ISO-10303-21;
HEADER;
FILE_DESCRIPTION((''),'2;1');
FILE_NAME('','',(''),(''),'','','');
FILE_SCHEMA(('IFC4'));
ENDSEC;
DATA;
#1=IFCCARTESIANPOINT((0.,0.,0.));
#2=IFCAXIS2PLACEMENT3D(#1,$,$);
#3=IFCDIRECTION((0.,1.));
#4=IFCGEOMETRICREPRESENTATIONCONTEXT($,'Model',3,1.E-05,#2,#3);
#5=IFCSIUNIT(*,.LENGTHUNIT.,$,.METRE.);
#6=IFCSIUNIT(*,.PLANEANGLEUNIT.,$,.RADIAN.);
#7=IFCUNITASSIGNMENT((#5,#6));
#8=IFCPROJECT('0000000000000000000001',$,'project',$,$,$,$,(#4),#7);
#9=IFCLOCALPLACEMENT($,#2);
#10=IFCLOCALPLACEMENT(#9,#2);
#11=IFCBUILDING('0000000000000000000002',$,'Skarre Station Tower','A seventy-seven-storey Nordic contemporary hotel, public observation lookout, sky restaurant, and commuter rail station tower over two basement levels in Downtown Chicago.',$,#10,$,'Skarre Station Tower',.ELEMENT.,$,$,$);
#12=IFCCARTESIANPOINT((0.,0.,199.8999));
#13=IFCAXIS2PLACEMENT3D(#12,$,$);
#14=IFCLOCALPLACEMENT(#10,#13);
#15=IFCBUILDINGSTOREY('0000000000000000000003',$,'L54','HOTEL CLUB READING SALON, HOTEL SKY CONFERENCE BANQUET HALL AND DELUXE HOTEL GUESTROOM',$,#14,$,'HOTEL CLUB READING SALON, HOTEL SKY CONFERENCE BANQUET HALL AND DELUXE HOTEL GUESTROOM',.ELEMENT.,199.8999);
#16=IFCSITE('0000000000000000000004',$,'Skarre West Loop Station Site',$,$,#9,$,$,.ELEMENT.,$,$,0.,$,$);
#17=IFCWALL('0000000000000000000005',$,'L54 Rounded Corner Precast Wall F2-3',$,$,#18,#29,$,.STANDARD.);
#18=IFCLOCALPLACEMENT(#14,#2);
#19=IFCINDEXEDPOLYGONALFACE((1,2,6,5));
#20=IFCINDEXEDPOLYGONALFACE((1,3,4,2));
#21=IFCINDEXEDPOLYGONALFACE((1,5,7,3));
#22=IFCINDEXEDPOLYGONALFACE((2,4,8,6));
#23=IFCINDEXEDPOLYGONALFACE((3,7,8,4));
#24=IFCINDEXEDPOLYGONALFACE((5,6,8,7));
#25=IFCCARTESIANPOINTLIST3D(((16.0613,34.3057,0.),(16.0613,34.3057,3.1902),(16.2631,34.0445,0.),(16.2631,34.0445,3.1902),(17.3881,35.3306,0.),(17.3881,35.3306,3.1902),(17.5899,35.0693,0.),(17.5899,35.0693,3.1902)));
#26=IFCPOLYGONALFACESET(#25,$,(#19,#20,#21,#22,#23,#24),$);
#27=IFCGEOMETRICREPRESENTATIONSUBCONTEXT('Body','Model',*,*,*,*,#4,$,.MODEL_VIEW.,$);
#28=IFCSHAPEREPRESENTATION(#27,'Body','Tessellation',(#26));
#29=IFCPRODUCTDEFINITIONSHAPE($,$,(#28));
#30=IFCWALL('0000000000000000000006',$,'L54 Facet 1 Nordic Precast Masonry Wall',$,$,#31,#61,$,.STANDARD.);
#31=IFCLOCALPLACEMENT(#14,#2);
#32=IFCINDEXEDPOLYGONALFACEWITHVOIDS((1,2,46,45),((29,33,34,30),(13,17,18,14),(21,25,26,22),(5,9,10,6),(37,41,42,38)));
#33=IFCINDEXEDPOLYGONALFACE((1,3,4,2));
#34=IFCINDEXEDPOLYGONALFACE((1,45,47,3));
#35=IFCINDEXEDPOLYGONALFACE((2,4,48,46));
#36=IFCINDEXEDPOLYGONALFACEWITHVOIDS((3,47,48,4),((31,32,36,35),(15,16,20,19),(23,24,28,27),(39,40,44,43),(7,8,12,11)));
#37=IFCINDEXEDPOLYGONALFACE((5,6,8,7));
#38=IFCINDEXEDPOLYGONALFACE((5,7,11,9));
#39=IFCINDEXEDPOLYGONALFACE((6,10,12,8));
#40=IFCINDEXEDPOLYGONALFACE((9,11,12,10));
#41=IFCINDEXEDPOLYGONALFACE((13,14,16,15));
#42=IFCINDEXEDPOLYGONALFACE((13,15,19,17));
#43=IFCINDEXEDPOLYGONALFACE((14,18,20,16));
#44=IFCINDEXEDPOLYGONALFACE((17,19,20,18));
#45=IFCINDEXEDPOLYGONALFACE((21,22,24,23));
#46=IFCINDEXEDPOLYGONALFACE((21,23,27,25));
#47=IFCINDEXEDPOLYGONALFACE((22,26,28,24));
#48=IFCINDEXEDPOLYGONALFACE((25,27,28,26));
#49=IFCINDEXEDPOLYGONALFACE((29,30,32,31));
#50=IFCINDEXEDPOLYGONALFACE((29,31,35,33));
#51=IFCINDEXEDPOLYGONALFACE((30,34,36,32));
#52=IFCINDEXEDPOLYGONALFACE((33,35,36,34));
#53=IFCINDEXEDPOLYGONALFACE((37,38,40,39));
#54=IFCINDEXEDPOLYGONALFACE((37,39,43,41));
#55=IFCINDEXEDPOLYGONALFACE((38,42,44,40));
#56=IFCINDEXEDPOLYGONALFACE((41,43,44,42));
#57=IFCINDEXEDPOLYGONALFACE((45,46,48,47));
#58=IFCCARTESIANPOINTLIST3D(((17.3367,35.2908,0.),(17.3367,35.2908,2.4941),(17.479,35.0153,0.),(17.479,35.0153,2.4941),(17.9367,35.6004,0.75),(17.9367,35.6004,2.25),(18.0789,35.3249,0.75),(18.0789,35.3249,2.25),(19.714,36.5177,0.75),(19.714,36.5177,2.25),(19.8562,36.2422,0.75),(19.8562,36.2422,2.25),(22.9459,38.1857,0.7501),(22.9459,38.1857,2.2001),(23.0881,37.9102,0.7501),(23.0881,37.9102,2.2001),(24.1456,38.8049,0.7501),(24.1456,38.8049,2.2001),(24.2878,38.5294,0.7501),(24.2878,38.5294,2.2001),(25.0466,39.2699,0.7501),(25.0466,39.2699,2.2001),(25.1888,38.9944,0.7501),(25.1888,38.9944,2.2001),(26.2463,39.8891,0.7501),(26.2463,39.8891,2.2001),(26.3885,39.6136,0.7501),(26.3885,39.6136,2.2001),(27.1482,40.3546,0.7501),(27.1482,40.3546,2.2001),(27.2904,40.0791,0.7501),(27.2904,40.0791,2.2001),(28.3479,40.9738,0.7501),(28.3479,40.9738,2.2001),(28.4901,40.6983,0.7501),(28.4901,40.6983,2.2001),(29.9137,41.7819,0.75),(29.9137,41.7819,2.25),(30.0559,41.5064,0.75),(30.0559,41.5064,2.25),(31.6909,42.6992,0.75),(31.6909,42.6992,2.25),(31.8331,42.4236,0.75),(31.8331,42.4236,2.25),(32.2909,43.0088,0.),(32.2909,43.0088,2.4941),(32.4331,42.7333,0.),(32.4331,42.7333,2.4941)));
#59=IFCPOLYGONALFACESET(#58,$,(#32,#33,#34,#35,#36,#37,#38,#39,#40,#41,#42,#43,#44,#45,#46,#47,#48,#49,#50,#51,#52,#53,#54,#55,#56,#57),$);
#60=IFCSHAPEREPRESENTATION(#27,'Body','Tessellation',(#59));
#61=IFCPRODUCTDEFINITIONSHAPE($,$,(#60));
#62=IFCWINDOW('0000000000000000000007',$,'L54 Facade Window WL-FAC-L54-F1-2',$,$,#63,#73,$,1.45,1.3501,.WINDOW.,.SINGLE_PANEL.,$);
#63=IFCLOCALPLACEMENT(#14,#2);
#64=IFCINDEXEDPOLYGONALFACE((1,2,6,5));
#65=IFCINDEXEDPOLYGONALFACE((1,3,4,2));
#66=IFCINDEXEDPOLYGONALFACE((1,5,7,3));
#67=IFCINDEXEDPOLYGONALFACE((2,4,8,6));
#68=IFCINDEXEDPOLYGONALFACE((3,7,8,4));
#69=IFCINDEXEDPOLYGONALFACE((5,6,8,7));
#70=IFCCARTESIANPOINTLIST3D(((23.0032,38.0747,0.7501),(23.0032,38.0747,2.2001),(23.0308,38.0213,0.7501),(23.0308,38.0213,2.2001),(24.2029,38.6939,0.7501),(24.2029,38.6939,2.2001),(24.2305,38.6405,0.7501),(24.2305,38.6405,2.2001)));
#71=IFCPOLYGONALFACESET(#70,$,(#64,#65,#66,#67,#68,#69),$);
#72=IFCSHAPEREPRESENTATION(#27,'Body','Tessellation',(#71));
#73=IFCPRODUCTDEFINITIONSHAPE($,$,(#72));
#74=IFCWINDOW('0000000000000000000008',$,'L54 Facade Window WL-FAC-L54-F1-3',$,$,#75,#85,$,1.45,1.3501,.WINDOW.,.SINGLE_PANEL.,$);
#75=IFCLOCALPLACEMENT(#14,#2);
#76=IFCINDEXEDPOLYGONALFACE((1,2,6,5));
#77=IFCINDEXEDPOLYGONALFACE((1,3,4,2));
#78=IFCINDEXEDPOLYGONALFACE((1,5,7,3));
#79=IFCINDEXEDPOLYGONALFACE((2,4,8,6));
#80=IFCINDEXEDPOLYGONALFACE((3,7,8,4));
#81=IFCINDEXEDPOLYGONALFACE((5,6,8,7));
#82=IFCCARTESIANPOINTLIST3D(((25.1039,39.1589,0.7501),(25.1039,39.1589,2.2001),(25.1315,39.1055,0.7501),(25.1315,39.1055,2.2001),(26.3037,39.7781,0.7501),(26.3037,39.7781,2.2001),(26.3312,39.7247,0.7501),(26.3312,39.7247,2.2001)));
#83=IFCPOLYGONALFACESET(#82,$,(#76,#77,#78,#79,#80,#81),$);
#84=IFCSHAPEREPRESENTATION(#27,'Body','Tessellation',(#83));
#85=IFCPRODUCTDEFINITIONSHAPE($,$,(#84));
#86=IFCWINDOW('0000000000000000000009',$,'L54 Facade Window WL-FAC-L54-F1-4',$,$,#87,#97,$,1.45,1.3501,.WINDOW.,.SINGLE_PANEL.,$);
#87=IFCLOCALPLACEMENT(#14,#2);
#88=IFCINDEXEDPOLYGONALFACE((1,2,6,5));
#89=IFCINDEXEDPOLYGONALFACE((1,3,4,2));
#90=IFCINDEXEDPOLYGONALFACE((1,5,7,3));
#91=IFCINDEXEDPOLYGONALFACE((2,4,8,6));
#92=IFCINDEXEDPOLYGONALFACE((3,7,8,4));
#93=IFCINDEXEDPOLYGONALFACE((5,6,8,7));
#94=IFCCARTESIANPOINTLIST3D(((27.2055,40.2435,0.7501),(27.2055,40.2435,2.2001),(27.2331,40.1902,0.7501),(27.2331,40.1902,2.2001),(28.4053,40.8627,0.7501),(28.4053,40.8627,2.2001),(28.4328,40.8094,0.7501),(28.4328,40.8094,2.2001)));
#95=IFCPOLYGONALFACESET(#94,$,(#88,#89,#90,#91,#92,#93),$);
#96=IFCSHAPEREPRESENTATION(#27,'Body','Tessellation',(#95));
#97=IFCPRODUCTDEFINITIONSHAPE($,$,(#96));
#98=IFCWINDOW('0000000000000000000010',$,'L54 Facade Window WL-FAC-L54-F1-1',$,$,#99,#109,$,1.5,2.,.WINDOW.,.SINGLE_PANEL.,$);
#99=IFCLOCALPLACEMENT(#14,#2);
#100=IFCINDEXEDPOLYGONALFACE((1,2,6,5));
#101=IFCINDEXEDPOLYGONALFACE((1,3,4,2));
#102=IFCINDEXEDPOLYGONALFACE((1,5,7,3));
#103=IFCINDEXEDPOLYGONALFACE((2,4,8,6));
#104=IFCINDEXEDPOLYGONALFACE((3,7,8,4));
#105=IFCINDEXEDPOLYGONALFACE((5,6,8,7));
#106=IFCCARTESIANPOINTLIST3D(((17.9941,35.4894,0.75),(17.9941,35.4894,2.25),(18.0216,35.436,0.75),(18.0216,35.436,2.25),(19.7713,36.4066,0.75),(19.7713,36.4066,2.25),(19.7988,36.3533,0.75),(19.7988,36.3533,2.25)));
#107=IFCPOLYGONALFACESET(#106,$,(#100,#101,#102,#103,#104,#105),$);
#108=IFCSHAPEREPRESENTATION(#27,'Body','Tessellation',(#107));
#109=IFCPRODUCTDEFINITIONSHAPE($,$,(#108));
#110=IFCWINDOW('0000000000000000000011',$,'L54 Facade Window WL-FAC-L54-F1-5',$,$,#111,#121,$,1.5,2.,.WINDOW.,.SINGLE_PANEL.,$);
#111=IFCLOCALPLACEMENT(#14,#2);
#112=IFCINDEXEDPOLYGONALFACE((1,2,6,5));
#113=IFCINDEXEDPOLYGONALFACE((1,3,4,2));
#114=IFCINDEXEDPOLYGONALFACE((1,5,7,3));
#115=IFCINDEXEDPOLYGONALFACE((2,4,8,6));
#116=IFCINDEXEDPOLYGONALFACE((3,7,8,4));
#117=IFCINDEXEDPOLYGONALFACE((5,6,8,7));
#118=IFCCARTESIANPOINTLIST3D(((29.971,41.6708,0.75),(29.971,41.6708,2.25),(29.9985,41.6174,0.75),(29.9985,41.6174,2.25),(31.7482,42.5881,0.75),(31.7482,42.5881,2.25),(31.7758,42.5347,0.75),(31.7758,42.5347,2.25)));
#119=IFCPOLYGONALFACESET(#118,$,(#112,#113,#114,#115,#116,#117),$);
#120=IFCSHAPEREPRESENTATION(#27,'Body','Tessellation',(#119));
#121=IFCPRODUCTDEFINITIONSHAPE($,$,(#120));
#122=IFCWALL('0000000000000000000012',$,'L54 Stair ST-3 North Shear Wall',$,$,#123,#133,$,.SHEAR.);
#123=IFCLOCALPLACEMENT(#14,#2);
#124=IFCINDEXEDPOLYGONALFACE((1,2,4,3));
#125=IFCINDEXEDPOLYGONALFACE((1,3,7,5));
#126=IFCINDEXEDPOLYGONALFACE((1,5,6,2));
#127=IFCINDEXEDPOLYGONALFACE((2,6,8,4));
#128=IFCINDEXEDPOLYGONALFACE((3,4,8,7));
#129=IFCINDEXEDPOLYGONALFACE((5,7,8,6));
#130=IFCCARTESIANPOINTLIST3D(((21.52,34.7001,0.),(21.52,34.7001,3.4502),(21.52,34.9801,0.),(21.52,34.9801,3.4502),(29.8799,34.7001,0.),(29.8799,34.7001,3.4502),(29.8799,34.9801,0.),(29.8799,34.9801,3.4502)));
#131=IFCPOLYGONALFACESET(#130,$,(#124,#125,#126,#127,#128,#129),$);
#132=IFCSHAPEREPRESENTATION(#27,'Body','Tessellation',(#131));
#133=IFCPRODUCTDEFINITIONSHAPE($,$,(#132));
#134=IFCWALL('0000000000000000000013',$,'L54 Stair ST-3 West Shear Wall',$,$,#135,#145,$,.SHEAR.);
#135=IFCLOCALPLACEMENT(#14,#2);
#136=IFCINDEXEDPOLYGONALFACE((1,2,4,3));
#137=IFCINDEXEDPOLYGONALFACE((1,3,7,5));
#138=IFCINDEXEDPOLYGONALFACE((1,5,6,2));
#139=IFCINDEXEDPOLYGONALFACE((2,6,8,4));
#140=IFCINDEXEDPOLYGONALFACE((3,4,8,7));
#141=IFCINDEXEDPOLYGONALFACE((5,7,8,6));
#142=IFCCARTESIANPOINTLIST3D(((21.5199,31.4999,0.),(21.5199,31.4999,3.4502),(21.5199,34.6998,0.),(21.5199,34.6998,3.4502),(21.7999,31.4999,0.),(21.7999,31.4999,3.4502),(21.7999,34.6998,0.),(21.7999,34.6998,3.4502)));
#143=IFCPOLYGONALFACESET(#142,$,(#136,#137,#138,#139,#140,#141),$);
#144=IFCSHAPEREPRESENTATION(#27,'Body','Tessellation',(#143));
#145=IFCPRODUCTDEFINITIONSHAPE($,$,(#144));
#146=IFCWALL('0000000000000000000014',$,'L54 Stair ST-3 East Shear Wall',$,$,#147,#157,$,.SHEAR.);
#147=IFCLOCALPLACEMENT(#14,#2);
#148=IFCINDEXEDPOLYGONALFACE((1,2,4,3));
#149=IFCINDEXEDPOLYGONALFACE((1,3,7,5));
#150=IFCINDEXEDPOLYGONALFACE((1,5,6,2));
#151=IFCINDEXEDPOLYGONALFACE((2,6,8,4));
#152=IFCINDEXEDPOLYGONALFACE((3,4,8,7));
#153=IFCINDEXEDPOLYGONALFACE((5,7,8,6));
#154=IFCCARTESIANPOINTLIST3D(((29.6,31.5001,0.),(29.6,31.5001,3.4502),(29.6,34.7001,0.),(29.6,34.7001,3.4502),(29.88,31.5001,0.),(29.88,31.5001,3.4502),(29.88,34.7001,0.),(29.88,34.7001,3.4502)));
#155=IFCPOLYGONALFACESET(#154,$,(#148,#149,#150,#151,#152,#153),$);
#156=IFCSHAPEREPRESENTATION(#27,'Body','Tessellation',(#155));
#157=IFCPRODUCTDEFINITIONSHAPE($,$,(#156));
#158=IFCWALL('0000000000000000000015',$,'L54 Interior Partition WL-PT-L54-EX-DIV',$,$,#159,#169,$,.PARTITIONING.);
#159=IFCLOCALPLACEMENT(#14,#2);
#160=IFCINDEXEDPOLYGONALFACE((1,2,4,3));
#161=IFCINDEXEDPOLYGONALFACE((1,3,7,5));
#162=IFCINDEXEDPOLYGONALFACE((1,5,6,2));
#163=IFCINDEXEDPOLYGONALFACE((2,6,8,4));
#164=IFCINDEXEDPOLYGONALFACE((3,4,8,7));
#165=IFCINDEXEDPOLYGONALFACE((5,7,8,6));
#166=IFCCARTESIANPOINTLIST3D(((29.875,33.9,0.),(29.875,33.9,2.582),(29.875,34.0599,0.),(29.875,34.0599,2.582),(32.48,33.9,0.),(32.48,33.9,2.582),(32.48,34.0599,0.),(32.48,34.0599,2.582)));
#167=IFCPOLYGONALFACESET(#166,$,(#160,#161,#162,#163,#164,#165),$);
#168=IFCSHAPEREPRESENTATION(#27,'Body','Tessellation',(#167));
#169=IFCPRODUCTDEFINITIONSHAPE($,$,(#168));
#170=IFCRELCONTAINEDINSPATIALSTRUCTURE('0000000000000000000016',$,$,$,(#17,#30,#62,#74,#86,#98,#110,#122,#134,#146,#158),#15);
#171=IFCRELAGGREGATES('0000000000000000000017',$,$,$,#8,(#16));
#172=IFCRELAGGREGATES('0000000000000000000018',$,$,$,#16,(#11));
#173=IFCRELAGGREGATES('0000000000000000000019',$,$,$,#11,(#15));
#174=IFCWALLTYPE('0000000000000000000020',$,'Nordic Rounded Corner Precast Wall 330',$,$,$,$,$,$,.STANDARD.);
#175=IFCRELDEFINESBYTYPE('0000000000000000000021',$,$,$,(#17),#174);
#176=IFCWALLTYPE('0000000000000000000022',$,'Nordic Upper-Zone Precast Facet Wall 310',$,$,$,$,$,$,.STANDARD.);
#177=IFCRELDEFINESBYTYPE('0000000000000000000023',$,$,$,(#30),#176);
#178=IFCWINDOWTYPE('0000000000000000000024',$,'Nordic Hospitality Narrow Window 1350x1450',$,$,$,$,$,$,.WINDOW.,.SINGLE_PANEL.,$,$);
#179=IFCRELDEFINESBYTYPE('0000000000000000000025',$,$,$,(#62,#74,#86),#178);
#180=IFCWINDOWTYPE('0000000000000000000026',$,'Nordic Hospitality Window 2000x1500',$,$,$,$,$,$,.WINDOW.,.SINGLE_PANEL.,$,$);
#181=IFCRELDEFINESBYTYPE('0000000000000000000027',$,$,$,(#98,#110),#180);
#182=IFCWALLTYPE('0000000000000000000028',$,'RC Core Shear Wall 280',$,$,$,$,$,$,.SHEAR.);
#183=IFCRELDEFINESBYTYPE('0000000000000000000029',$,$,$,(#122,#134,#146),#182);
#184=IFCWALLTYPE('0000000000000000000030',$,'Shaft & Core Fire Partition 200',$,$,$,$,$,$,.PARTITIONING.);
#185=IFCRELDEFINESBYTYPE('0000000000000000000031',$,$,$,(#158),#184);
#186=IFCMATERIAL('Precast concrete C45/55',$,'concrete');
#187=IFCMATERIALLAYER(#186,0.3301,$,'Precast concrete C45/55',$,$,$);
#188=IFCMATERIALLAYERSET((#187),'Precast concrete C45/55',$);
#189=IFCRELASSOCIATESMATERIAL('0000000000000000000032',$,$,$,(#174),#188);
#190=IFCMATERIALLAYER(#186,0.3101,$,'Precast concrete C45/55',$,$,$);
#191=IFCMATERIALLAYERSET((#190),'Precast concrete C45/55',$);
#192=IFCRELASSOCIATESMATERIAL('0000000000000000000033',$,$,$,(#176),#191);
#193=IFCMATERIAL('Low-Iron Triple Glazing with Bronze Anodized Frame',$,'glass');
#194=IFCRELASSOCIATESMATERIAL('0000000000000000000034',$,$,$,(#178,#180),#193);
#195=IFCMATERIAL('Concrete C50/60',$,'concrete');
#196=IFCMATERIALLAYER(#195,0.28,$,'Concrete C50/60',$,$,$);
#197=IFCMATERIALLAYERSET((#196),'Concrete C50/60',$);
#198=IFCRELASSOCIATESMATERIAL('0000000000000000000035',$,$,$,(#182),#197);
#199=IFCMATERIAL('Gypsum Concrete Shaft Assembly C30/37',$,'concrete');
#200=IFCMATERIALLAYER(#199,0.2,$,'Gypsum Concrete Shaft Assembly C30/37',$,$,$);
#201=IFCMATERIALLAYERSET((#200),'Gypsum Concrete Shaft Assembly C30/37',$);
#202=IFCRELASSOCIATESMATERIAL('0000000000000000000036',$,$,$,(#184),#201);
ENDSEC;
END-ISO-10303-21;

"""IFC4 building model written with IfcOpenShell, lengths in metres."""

from ifc_helpers import new_model, si_unit, direction, frame, frame_2d, origin, place, context, subcontext, project, spatial, rectangle, extrude, material, layer, layer_set, type_object, element, fill, save


model = new_model("IFC4")

# Units and contexts
model_context = context("Model", 3, precision=1e-05, world=origin(), true_north=direction((0.0, 1.0)))
body_context = subcontext(model_context, "Body", "Model", "MODEL_VIEW")
ifc_project = project(units=[si_unit("LENGTHUNIT", "METRE"), si_unit("PLANEANGLEUNIT", "RADIAN")], contexts=[model_context])

# Site, building, storey
site_placement = place(None, origin())
site = spatial("IfcSite", under=ifc_project, at=site_placement, Name="Skarre West Loop Station Site", CompositionType="ELEMENT", RefElevation=0.0)
building_placement = place(site_placement, origin())
building = spatial("IfcBuilding", under=site, at=building_placement, Name="Skarre Station Tower", Description="A seventy-seven-storey Nordic contemporary hotel, public observation lookout, sky restaurant, and commuter rail station tower over two basement levels in Downtown Chicago.", LongName="Skarre Station Tower", CompositionType="ELEMENT")
storey_placement = place(building_placement, frame((0.0, 0.0, 199.8999)))
storey = spatial("IfcBuildingStorey", under=building, at=storey_placement, Name="L54", Description="HOTEL CLUB READING SALON, HOTEL SKY CONFERENCE BANQUET HALL AND DELUXE HOTEL GUESTROOM", LongName="HOTEL CLUB READING SALON, HOTEL SKY CONFERENCE BANQUET HALL AND DELUXE HOTEL GUESTROOM", CompositionType="ELEMENT", Elevation=199.8999)

# Shared definitions
ifc_material_1 = material(Name="Concrete C50/60", Category="concrete")

# Wall
ifc_material_2 = material(Name="Precast concrete C45/55", Category="concrete")
ifc_layer_1 = layer(ifc_material_2, 0.3301, Name="Precast concrete C45/55")
ifc_layer_set_1 = layer_set([ifc_layer_1], Name="Precast concrete C45/55")
wall_type_1 = type_object("IfcWallType", Name="Nordic Rounded Corner Precast Wall 330", PredefinedType="STANDARD", material=ifc_layer_set_1)
wall_1_placement = place(storey_placement, frame((16.1621, 34.175, 0.0), z_axis=(0.0, 0.0, 1.0), x_axis=(0.79141, 0.611286, 0.0)))
element("IfcWall", 1, at=wall_1_placement, inside=storey, type_object=wall_type_1, Name="L54 Rounded Corner Precast Wall F2-3", PredefinedType="STANDARD", context=body_context, shape_type="SweptSolid", body=[
    extrude(rectangle(XDim=1.6765, YDim=0.3301, at=frame_2d((0.8384, 0.0))), origin(), (0.0, 0.0, 1.0), 3.1902),
])

# Wall, openings, windows
ifc_layer_2 = layer(ifc_material_2, 0.3101, Name="Precast concrete C45/55")
ifc_layer_set_2 = layer_set([ifc_layer_2], Name="Precast concrete C45/55")
wall_type_2 = type_object("IfcWallType", Name="Nordic Upper-Zone Precast Facet Wall 310", PredefinedType="STANDARD", material=ifc_layer_set_2)
wall_2_placement = place(storey_placement, frame((17.408, 35.1531, 0.0), z_axis=(0.0, 0.0, 1.0), x_axis=(0.888626, 0.458632, 0.0)))
wall_2 = element("IfcWall", 2, at=wall_2_placement, inside=storey, type_object=wall_type_2, Name="L54 Facet 1 Nordic Precast Masonry Wall", PredefinedType="STANDARD", context=body_context, shape_type="SweptSolid", body=[
    extrude(rectangle(XDim=16.8284, YDim=0.3101, at=frame_2d((8.4141, 0.0))), origin(), (0.0, 0.0, 1.0), 2.4941),
])
opening_1_placement = place(wall_2_placement, frame((0.675, 0.0, 0.75)))
opening_1 = element("IfcOpeningElement", 3, at=opening_1_placement, cuts=wall_2, PredefinedType="OPENING", context=body_context, shape_type="SweptSolid", body=[
    extrude(rectangle(XDim=2.0, YDim=1.5, at=frame_2d((1.0, 0.75))), frame((0.0, 0.165, 0.0), z_axis=(0.0, -1.0, 0.0), x_axis=(1.0, 0.0, 0.0)), (0.0, 0.0, 1.0), 0.3301),
])
opening_2_placement = place(wall_2_placement, frame((6.312, 0.0, 0.75)))
opening_2 = element("IfcOpeningElement", 4, at=opening_2_placement, cuts=wall_2, PredefinedType="OPENING", context=body_context, shape_type="SweptSolid", body=[
    extrude(rectangle(XDim=1.3501, YDim=1.45, at=frame_2d((0.675, 0.7251))), frame((0.0, 0.165, 0.0), z_axis=(0.0, -1.0, 0.0), x_axis=(1.0, 0.0, 0.0)), (0.0, 0.0, 1.0), 0.3301),
])
opening_3_placement = place(wall_2_placement, frame((8.676, 0.0, 0.75)))
opening_3 = element("IfcOpeningElement", 5, at=opening_3_placement, cuts=wall_2, PredefinedType="OPENING", context=body_context, shape_type="SweptSolid", body=[
    extrude(rectangle(XDim=1.3501, YDim=1.45, at=frame_2d((0.675, 0.7251))), frame((0.0, 0.165, 0.0), z_axis=(0.0, -1.0, 0.0), x_axis=(1.0, 0.0, 0.0)), (0.0, 0.0, 1.0), 0.3301),
])
opening_4_placement = place(wall_2_placement, frame((11.041, 0.0, 0.75)))
opening_4 = element("IfcOpeningElement", 6, at=opening_4_placement, cuts=wall_2, PredefinedType="OPENING", context=body_context, shape_type="SweptSolid", body=[
    extrude(rectangle(XDim=1.3501, YDim=1.45, at=frame_2d((0.675, 0.7251))), frame((0.0, 0.165, 0.0), z_axis=(0.0, -1.0, 0.0), x_axis=(1.0, 0.0, 0.0)), (0.0, 0.0, 1.0), 0.3301),
])
opening_5_placement = place(wall_2_placement, frame((14.1531, 0.0, 0.75)))
opening_5 = element("IfcOpeningElement", 7, at=opening_5_placement, cuts=wall_2, PredefinedType="OPENING", context=body_context, shape_type="SweptSolid", body=[
    extrude(rectangle(XDim=2.0, YDim=1.5, at=frame_2d((1.0, 0.75))), frame((0.0, 0.165, 0.0), z_axis=(0.0, -1.0, 0.0), x_axis=(1.0, 0.0, 0.0)), (0.0, 0.0, 1.0), 0.3301),
])
ifc_material_3 = material(Name="Low-Iron Triple Glazing with Bronze Anodized Frame", Category="glass")
window_type_1 = type_object("IfcWindowType", Name="Nordic Hospitality Narrow Window 1350x1450", PartitioningType="SINGLE_PANEL", PredefinedType="WINDOW", material=ifc_material_3)
window_1_placement = place(opening_2_placement, origin())
window_1 = element("IfcWindow", 8, at=window_1_placement, inside=storey, type_object=window_type_1, Name="L54 Facade Window WL-FAC-L54-F1-2", OverallHeight=1.45, OverallWidth=1.3501, PartitioningType="SINGLE_PANEL", PredefinedType="WINDOW", context=body_context, shape_type="SweptSolid", body=[
    extrude(rectangle(XDim=1.3501, YDim=1.45, at=frame_2d((0.675, 0.7251))), frame((0.0, 0.03, 0.0), z_axis=(0.0, -1.0, 0.0), x_axis=(1.0, 0.0, 0.0)), (0.0, 0.0, 1.0), 0.0601),
])
fill(opening_2, window_1)
window_2_placement = place(opening_3_placement, origin())
window_2 = element("IfcWindow", 9, at=window_2_placement, inside=storey, type_object=window_type_1, Name="L54 Facade Window WL-FAC-L54-F1-3", OverallHeight=1.45, OverallWidth=1.3501, PartitioningType="SINGLE_PANEL", PredefinedType="WINDOW", context=body_context, shape_type="SweptSolid", body=[
    extrude(rectangle(XDim=1.3501, YDim=1.45, at=frame_2d((0.675, 0.7251))), frame((0.0, 0.03, 0.0), z_axis=(0.0, -1.0, 0.0), x_axis=(1.0, 0.0, 0.0)), (0.0, 0.0, 1.0), 0.0601),
])
fill(opening_3, window_2)
window_3_placement = place(opening_4_placement, origin())
window_3 = element("IfcWindow", 10, at=window_3_placement, inside=storey, type_object=window_type_1, Name="L54 Facade Window WL-FAC-L54-F1-4", OverallHeight=1.45, OverallWidth=1.3501, PartitioningType="SINGLE_PANEL", PredefinedType="WINDOW", context=body_context, shape_type="SweptSolid", body=[
    extrude(rectangle(XDim=1.3501, YDim=1.45, at=frame_2d((0.675, 0.7251))), frame((0.0, 0.03, 0.0), z_axis=(0.0, -1.0, 0.0), x_axis=(1.0, 0.0, 0.0)), (0.0, 0.0, 1.0), 0.0601),
])
fill(opening_4, window_3)
window_type_2 = type_object("IfcWindowType", Name="Nordic Hospitality Window 2000x1500", PartitioningType="SINGLE_PANEL", PredefinedType="WINDOW", material=ifc_material_3)
window_4_placement = place(opening_1_placement, origin())
window_4 = element("IfcWindow", 11, at=window_4_placement, inside=storey, type_object=window_type_2, Name="L54 Facade Window WL-FAC-L54-F1-1", OverallHeight=1.5, OverallWidth=2.0, PartitioningType="SINGLE_PANEL", PredefinedType="WINDOW", context=body_context, shape_type="SweptSolid", body=[
    extrude(rectangle(XDim=2.0, YDim=1.5, at=frame_2d((1.0, 0.75))), frame((0.0, 0.03, 0.0), z_axis=(0.0, -1.0, 0.0), x_axis=(1.0, 0.0, 0.0)), (0.0, 0.0, 1.0), 0.0601),
])
fill(opening_1, window_4)
window_5_placement = place(opening_5_placement, origin())
window_5 = element("IfcWindow", 12, at=window_5_placement, inside=storey, type_object=window_type_2, Name="L54 Facade Window WL-FAC-L54-F1-5", OverallHeight=1.5, OverallWidth=2.0, PartitioningType="SINGLE_PANEL", PredefinedType="WINDOW", context=body_context, shape_type="SweptSolid", body=[
    extrude(rectangle(XDim=2.0, YDim=1.5, at=frame_2d((1.0, 0.75))), frame((0.0, 0.03, 0.0), z_axis=(0.0, -1.0, 0.0), x_axis=(1.0, 0.0, 0.0)), (0.0, 0.0, 1.0), 0.0601),
])
fill(opening_5, window_5)

# Walls
ifc_layer_3 = layer(ifc_material_1, 0.28, Name="Concrete C50/60")
ifc_layer_set_3 = layer_set([ifc_layer_3], Name="Concrete C50/60")
wall_type_3 = type_object("IfcWallType", Name="RC Core Shear Wall 280", PredefinedType="SHEAR", material=ifc_layer_set_3)
wall_3_placement = place(storey_placement, frame((29.8799, 34.8401, 0.0), z_axis=(0.0, 0.0, 1.0), x_axis=(-1.0, 0.0, 0.0)))
element("IfcWall", 13, at=wall_3_placement, inside=storey, type_object=wall_type_3, Name="L54 Stair ST-3 North Shear Wall", PredefinedType="SHEAR", context=body_context, shape_type="SweptSolid", body=[
    extrude(rectangle(XDim=8.3599, YDim=0.28, at=frame_2d((4.1799, 0.0))), origin(), (0.0, 0.0, 1.0), 3.4502),
])
for number, where, z_axis, x_axis, name in (
    (14, (21.6599, 34.7, 0.0), (0.0, 0.0, 1.0), (0.0, -1.0, 0.0), "L54 Stair ST-3 West Shear Wall"),
    (15, (29.74, 31.5, 0.0), (0.0, 0.0, 1.0), (0.0, 1.0, 0.0), "L54 Stair ST-3 East Shear Wall"),
):
    element("IfcWall", number, at=place(storey_placement, frame(where, z_axis=z_axis, x_axis=x_axis)), inside=storey, type_object=wall_type_3, Name=name, PredefinedType="SHEAR", context=body_context, shape_type="SweptSolid", body=[
        extrude(rectangle(XDim=3.2, YDim=0.28, at=frame_2d((1.6001, 0.0))), origin(), (0.0, 0.0, 1.0), 3.4502),
    ])
ifc_material_4 = material(Name="Gypsum Concrete Shaft Assembly C30/37", Category="concrete")
ifc_layer_4 = layer(ifc_material_4, 0.2, Name="Gypsum Concrete Shaft Assembly C30/37")
ifc_layer_set_4 = layer_set([ifc_layer_4], Name="Gypsum Concrete Shaft Assembly C30/37")
wall_type_4 = type_object("IfcWallType", Name="Shaft & Core Fire Partition 200", PredefinedType="PARTITIONING", material=ifc_layer_set_4)
wall_4_placement = place(storey_placement, frame((29.875, 33.98, 0.0), z_axis=(0.0, 0.0, 1.0), x_axis=(1.0, 0.0, 0.0)))
element("IfcWall", 16, at=wall_4_placement, inside=storey, type_object=wall_type_4, Name="L54 Interior Partition WL-PT-L54-EX-DIV", PredefinedType="PARTITIONING", context=body_context, shape_type="SweptSolid", body=[
    extrude(rectangle(XDim=2.605, YDim=0.1599, at=frame_2d((1.3025, 0.0))), origin(), (0.0, 0.0, 1.0), 2.582),
])

save(model, "model.ifc")
